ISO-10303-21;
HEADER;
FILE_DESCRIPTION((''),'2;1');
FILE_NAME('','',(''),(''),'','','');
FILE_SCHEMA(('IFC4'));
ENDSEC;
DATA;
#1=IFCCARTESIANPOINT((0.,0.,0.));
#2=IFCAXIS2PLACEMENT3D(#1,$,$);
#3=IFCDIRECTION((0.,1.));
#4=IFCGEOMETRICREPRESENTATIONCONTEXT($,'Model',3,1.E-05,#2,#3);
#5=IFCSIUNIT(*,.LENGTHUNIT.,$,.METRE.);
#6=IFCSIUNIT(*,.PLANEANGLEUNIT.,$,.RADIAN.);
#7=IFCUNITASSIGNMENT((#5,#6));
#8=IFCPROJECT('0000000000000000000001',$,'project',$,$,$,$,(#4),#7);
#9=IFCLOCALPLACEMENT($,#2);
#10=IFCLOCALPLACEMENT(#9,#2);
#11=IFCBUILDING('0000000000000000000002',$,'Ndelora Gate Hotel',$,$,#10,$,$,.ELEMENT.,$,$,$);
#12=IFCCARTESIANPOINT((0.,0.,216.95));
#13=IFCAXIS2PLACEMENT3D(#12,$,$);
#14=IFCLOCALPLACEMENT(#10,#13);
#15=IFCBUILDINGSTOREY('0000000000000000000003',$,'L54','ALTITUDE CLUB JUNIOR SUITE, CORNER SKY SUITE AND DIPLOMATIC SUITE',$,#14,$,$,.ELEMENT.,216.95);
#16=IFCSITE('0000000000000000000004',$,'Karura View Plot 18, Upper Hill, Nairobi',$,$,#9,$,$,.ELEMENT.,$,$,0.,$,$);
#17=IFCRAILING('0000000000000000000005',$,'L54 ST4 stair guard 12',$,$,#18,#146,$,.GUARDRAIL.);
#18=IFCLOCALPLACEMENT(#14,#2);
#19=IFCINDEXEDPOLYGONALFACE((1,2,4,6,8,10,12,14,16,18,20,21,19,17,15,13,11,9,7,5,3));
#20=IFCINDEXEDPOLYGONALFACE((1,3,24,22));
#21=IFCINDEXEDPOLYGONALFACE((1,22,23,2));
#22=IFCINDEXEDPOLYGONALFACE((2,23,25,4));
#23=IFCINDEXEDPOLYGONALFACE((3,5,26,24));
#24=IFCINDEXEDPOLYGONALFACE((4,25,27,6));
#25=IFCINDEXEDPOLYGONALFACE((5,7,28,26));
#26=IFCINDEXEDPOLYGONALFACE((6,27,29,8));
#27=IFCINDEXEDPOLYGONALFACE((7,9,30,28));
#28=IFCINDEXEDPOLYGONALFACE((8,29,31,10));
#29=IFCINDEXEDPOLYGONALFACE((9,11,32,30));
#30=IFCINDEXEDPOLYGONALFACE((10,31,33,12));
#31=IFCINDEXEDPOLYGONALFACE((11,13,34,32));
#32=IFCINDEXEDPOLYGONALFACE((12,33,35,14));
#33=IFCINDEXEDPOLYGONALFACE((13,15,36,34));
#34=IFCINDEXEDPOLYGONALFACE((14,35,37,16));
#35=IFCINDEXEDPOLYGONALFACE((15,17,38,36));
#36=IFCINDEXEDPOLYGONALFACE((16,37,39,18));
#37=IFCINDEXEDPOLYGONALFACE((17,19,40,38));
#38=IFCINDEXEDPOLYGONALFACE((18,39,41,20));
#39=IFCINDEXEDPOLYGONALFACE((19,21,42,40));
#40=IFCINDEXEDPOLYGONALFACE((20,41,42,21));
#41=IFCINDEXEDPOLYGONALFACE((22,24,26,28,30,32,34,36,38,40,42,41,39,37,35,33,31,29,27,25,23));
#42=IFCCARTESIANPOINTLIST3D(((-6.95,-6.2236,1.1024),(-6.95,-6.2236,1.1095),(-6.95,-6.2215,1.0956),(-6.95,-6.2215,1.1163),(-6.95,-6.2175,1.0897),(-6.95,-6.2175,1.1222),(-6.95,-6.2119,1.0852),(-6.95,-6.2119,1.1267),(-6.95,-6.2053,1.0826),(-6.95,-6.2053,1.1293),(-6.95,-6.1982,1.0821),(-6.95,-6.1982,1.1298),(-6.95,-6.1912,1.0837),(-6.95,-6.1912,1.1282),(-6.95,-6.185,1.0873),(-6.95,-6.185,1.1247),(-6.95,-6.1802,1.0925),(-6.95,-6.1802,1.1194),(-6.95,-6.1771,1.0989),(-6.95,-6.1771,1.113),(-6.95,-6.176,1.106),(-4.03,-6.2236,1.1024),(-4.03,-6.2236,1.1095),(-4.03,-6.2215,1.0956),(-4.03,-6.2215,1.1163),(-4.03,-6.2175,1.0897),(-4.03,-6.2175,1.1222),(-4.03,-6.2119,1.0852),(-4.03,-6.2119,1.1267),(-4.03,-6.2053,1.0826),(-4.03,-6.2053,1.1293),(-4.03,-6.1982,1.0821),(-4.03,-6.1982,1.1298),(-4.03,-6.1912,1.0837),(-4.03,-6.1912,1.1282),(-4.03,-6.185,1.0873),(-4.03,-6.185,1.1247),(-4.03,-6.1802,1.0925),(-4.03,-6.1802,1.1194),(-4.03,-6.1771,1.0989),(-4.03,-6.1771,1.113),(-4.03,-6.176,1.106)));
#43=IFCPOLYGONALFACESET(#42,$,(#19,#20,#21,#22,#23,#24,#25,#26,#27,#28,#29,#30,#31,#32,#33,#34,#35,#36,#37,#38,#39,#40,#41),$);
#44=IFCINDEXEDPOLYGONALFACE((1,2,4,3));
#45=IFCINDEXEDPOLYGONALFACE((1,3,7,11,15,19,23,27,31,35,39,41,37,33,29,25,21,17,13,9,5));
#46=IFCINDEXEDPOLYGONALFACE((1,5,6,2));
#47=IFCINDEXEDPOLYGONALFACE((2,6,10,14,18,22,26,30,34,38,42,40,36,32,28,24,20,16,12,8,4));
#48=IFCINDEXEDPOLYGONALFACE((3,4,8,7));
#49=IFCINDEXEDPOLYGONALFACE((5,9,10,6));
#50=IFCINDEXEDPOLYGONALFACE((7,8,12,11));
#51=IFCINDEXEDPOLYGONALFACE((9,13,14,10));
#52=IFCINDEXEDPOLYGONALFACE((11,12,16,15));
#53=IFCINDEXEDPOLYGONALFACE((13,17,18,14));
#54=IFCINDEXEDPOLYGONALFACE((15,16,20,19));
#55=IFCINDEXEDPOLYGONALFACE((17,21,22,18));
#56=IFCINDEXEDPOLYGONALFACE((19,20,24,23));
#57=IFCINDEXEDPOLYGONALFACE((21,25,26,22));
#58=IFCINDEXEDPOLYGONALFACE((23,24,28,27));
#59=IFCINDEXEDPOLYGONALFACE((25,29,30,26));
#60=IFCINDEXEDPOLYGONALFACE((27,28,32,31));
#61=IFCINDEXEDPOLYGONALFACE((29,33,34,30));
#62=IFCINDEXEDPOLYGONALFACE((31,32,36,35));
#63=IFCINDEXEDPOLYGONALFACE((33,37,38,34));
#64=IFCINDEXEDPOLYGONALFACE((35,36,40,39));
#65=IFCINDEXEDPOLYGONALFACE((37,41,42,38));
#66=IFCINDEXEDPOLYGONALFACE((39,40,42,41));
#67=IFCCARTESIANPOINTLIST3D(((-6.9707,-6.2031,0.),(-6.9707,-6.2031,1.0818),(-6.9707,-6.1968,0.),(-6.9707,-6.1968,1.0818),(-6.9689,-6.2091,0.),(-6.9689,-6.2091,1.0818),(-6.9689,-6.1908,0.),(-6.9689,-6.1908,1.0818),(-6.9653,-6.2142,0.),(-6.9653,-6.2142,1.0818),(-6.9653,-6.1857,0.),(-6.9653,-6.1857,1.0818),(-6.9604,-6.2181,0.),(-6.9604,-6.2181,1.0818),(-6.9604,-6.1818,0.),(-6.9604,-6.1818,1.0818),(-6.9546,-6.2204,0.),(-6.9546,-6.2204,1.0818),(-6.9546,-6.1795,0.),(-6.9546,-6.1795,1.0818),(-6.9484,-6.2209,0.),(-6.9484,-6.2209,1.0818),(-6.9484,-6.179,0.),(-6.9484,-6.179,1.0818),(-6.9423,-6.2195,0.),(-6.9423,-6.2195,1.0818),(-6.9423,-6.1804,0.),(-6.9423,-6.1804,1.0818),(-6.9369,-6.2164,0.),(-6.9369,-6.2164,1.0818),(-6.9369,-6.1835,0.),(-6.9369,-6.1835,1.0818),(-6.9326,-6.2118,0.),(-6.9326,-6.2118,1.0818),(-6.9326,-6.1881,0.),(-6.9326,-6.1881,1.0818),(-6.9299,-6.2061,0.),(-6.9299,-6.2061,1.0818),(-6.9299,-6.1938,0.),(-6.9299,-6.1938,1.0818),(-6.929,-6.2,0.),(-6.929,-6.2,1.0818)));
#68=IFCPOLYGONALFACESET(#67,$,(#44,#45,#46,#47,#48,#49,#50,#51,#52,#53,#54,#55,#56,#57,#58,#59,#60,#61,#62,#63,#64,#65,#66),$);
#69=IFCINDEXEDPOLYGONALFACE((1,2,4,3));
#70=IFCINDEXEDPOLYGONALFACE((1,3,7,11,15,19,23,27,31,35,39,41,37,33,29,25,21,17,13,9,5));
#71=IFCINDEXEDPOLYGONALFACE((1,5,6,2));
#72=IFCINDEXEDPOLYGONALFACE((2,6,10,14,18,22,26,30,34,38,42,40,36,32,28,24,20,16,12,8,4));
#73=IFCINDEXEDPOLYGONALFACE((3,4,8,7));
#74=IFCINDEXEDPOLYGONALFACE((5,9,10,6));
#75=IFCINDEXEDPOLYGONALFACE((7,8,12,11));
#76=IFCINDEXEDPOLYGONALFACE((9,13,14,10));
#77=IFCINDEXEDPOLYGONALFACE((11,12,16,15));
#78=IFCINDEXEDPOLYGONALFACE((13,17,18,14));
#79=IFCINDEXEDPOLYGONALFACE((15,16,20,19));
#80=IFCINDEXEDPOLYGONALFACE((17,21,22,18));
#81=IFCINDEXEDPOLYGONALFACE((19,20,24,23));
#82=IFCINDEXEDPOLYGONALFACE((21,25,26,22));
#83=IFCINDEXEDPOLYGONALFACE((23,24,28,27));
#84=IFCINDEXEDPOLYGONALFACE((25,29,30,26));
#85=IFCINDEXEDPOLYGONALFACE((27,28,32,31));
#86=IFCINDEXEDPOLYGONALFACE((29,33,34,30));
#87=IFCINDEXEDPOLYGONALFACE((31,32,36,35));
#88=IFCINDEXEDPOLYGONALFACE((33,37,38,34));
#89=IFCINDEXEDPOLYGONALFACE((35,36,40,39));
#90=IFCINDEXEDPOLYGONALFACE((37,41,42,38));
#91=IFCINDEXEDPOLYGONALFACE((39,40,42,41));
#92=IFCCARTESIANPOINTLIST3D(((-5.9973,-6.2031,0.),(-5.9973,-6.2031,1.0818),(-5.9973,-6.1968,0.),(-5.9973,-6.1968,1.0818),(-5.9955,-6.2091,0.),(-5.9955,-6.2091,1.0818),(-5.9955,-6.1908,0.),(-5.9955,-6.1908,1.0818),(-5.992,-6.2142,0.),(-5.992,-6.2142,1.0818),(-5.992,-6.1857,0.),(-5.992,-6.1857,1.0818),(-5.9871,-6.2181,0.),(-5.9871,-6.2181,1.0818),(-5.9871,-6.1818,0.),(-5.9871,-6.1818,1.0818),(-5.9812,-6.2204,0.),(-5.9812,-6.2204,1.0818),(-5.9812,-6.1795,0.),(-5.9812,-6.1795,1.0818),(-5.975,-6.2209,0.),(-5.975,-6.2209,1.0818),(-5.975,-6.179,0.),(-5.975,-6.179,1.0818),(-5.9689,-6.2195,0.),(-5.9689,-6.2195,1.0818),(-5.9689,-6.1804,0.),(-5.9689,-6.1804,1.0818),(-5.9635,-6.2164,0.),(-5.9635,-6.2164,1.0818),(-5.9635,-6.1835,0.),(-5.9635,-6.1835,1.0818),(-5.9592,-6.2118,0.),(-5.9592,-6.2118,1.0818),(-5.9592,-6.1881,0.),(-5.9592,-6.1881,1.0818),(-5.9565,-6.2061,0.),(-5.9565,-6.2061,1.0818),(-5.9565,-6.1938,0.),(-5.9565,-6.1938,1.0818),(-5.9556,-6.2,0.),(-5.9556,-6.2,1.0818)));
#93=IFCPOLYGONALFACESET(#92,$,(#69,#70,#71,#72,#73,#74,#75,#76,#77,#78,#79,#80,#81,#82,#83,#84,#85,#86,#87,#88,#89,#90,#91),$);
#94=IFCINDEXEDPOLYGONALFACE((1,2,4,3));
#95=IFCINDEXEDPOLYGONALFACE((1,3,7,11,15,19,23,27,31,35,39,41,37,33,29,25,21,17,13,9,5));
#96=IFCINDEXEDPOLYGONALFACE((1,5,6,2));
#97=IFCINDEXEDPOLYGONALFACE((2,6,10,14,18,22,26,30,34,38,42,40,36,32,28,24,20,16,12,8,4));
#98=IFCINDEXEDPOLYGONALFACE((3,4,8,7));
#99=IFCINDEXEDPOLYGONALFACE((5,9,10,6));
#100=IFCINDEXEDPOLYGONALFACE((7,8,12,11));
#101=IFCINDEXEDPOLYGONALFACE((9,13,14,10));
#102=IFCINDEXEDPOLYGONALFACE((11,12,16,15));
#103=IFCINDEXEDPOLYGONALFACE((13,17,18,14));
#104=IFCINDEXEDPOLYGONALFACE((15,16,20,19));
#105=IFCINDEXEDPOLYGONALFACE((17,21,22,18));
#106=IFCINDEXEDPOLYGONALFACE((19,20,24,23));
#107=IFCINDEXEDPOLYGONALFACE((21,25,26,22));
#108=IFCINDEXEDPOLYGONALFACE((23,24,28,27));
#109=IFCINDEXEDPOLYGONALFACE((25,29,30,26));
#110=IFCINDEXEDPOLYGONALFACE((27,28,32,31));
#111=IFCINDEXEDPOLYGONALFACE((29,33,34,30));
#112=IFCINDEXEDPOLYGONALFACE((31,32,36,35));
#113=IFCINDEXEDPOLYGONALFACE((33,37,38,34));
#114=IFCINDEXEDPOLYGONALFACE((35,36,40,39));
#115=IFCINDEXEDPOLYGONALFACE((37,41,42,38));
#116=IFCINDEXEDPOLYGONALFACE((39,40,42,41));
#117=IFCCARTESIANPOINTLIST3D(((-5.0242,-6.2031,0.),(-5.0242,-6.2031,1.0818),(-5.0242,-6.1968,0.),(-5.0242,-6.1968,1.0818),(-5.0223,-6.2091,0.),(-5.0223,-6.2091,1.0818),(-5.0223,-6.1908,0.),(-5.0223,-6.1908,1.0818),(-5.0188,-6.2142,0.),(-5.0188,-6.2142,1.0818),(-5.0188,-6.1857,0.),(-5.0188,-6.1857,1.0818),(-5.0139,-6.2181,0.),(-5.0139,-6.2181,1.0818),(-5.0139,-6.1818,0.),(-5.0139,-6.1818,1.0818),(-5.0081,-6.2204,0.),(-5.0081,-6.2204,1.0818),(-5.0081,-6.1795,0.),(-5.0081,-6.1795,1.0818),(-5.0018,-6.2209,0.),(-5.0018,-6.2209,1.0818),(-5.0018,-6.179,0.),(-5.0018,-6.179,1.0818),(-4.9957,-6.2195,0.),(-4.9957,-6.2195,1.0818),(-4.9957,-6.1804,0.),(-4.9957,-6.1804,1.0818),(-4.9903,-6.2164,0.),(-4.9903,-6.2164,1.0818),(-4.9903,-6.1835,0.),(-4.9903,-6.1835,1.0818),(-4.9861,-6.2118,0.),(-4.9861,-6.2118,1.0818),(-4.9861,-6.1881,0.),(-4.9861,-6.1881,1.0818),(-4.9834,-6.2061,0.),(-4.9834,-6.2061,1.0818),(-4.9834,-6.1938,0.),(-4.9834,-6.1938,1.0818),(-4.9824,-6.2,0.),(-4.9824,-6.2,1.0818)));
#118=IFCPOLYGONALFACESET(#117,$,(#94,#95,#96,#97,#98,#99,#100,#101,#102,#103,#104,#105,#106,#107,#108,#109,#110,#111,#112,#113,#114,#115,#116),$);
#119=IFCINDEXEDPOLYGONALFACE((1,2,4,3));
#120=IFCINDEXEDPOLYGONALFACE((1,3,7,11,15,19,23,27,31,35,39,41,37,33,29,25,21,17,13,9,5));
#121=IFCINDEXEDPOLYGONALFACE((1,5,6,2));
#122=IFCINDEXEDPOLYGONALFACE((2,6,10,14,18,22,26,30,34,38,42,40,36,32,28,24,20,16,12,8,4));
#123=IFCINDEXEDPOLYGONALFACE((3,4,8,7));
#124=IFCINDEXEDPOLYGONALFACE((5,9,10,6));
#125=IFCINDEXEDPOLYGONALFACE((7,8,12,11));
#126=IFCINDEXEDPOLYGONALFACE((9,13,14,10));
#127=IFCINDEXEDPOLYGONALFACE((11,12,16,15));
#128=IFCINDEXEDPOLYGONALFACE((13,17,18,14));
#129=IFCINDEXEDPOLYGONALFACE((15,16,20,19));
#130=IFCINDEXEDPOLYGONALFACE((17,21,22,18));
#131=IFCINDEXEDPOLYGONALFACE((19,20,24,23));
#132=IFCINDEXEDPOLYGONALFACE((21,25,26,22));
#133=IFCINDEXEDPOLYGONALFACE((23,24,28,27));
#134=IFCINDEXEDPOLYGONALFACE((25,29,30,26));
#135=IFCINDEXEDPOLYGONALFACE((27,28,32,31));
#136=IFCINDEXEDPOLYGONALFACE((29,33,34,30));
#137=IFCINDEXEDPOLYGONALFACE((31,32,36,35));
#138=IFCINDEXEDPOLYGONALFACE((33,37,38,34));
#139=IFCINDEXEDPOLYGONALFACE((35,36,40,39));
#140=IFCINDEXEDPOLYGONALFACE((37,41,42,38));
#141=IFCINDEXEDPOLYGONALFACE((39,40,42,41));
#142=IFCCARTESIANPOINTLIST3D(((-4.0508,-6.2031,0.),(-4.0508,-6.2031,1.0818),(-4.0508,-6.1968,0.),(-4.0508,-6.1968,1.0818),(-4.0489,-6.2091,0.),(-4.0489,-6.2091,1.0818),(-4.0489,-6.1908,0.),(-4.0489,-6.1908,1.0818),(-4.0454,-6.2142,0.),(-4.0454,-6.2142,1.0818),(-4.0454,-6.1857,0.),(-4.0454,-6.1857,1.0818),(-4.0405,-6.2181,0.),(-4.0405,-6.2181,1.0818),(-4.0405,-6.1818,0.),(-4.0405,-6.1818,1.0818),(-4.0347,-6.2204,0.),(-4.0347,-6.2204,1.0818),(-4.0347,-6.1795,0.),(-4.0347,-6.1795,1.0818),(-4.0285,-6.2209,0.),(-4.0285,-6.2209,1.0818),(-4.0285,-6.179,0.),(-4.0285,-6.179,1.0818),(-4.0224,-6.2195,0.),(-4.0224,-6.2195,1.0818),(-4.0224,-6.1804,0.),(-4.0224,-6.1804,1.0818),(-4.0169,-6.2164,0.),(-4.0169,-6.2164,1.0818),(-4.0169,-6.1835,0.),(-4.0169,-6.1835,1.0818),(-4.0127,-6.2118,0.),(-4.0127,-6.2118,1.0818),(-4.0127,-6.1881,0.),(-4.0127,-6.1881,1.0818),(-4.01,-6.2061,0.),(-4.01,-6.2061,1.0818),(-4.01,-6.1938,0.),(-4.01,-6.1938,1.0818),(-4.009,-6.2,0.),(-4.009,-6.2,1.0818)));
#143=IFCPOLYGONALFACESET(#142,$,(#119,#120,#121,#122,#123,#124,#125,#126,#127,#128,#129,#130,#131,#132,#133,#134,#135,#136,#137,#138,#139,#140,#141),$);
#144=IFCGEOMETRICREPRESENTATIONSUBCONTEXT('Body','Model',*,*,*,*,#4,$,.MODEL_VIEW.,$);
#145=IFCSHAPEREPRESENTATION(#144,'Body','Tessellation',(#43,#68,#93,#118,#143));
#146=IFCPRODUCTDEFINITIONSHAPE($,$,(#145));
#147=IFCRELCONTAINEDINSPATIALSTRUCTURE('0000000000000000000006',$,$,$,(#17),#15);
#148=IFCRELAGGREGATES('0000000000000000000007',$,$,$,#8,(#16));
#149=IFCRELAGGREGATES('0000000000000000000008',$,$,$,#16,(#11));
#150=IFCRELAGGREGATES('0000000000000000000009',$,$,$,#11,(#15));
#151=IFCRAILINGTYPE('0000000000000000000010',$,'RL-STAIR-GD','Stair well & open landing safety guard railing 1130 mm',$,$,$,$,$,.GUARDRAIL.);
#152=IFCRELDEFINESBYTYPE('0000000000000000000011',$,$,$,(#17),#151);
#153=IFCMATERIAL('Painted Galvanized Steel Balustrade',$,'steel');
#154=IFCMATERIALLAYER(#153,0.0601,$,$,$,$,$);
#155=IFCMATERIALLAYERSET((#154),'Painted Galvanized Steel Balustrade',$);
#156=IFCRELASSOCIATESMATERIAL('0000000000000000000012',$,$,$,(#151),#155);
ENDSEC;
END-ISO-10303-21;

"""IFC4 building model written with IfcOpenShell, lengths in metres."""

from ifc_helpers import new_model, si_unit, direction, frame, origin, origin_2d, place, context, subcontext, project, spatial, circle, extrude, material, layer, layer_set, type_object, element, save


model = new_model("IFC4")

# Units and contexts
model_context = context("Model", 3, precision=1e-05, world=origin(), true_north=direction((0.0, 1.0)))
body_context = subcontext(model_context, "Body", "Model", "MODEL_VIEW")
ifc_project = project(units=[si_unit("LENGTHUNIT", "METRE"), si_unit("PLANEANGLEUNIT", "RADIAN")], contexts=[model_context])

# Site, building, storey
site_placement = place(None, origin())
site = spatial("IfcSite", under=ifc_project, at=site_placement, Name="Karura View Plot 18, Upper Hill, Nairobi", CompositionType="ELEMENT", RefElevation=0.0)
building_placement = place(site_placement, origin())
building = spatial("IfcBuilding", under=site, at=building_placement, Name="Ndelora Gate Hotel", CompositionType="ELEMENT")
storey_placement = place(building_placement, frame((0.0, 0.0, 216.95)))
storey = spatial("IfcBuildingStorey", under=building, at=storey_placement, Name="L54", Description="ALTITUDE CLUB JUNIOR SUITE, CORNER SKY SUITE AND DIPLOMATIC SUITE", CompositionType="ELEMENT", Elevation=216.95)

# Railing
ifc_material_1 = material(Name="Painted Galvanized Steel Balustrade", Category="steel")
ifc_layer_1 = layer(ifc_material_1, 0.0601)
ifc_layer_set_1 = layer_set([ifc_layer_1], Name="Painted Galvanized Steel Balustrade")
railing_type_1 = type_object("IfcRailingType", Name="RL-STAIR-GD", Description="Stair well & open landing safety guard railing 1130 mm", PredefinedType="GUARDRAIL", material=ifc_layer_set_1)
railing_1_placement = place(storey_placement, frame((-6.95, -6.2, 0.0)))
element("IfcRailing", 1, at=railing_1_placement, inside=storey, type_object=railing_type_1, Name="L54 ST4 stair guard 12", PredefinedType="GUARDRAIL", context=body_context, shape_type="SweptSolid", body=[
    extrude(circle(Radius=0.0239, at=origin_2d()), frame((0.0, 0.0, 1.106), z_axis=(1.0, 0.0, 0.0), x_axis=(0.0, 1.0, 0.0)), (0.0, 0.0, 1.0), 2.9199),
    extrude(circle(Radius=0.021, at=origin_2d()), origin(), (0.0, 0.0, 1.0), 1.0818),
    extrude(circle(Radius=0.021, at=origin_2d()), frame((0.9734, 0.0, 0.0)), (0.0, 0.0, 1.0), 1.0818),
    extrude(circle(Radius=0.021, at=origin_2d()), frame((1.9465, 0.0, 0.0)), (0.0, 0.0, 1.0), 1.0818),
    extrude(circle(Radius=0.021, at=origin_2d()), frame((2.9199, 0.0, 0.0)), (0.0, 0.0, 1.0), 1.0818),
])

save(model, "model.ifc")
